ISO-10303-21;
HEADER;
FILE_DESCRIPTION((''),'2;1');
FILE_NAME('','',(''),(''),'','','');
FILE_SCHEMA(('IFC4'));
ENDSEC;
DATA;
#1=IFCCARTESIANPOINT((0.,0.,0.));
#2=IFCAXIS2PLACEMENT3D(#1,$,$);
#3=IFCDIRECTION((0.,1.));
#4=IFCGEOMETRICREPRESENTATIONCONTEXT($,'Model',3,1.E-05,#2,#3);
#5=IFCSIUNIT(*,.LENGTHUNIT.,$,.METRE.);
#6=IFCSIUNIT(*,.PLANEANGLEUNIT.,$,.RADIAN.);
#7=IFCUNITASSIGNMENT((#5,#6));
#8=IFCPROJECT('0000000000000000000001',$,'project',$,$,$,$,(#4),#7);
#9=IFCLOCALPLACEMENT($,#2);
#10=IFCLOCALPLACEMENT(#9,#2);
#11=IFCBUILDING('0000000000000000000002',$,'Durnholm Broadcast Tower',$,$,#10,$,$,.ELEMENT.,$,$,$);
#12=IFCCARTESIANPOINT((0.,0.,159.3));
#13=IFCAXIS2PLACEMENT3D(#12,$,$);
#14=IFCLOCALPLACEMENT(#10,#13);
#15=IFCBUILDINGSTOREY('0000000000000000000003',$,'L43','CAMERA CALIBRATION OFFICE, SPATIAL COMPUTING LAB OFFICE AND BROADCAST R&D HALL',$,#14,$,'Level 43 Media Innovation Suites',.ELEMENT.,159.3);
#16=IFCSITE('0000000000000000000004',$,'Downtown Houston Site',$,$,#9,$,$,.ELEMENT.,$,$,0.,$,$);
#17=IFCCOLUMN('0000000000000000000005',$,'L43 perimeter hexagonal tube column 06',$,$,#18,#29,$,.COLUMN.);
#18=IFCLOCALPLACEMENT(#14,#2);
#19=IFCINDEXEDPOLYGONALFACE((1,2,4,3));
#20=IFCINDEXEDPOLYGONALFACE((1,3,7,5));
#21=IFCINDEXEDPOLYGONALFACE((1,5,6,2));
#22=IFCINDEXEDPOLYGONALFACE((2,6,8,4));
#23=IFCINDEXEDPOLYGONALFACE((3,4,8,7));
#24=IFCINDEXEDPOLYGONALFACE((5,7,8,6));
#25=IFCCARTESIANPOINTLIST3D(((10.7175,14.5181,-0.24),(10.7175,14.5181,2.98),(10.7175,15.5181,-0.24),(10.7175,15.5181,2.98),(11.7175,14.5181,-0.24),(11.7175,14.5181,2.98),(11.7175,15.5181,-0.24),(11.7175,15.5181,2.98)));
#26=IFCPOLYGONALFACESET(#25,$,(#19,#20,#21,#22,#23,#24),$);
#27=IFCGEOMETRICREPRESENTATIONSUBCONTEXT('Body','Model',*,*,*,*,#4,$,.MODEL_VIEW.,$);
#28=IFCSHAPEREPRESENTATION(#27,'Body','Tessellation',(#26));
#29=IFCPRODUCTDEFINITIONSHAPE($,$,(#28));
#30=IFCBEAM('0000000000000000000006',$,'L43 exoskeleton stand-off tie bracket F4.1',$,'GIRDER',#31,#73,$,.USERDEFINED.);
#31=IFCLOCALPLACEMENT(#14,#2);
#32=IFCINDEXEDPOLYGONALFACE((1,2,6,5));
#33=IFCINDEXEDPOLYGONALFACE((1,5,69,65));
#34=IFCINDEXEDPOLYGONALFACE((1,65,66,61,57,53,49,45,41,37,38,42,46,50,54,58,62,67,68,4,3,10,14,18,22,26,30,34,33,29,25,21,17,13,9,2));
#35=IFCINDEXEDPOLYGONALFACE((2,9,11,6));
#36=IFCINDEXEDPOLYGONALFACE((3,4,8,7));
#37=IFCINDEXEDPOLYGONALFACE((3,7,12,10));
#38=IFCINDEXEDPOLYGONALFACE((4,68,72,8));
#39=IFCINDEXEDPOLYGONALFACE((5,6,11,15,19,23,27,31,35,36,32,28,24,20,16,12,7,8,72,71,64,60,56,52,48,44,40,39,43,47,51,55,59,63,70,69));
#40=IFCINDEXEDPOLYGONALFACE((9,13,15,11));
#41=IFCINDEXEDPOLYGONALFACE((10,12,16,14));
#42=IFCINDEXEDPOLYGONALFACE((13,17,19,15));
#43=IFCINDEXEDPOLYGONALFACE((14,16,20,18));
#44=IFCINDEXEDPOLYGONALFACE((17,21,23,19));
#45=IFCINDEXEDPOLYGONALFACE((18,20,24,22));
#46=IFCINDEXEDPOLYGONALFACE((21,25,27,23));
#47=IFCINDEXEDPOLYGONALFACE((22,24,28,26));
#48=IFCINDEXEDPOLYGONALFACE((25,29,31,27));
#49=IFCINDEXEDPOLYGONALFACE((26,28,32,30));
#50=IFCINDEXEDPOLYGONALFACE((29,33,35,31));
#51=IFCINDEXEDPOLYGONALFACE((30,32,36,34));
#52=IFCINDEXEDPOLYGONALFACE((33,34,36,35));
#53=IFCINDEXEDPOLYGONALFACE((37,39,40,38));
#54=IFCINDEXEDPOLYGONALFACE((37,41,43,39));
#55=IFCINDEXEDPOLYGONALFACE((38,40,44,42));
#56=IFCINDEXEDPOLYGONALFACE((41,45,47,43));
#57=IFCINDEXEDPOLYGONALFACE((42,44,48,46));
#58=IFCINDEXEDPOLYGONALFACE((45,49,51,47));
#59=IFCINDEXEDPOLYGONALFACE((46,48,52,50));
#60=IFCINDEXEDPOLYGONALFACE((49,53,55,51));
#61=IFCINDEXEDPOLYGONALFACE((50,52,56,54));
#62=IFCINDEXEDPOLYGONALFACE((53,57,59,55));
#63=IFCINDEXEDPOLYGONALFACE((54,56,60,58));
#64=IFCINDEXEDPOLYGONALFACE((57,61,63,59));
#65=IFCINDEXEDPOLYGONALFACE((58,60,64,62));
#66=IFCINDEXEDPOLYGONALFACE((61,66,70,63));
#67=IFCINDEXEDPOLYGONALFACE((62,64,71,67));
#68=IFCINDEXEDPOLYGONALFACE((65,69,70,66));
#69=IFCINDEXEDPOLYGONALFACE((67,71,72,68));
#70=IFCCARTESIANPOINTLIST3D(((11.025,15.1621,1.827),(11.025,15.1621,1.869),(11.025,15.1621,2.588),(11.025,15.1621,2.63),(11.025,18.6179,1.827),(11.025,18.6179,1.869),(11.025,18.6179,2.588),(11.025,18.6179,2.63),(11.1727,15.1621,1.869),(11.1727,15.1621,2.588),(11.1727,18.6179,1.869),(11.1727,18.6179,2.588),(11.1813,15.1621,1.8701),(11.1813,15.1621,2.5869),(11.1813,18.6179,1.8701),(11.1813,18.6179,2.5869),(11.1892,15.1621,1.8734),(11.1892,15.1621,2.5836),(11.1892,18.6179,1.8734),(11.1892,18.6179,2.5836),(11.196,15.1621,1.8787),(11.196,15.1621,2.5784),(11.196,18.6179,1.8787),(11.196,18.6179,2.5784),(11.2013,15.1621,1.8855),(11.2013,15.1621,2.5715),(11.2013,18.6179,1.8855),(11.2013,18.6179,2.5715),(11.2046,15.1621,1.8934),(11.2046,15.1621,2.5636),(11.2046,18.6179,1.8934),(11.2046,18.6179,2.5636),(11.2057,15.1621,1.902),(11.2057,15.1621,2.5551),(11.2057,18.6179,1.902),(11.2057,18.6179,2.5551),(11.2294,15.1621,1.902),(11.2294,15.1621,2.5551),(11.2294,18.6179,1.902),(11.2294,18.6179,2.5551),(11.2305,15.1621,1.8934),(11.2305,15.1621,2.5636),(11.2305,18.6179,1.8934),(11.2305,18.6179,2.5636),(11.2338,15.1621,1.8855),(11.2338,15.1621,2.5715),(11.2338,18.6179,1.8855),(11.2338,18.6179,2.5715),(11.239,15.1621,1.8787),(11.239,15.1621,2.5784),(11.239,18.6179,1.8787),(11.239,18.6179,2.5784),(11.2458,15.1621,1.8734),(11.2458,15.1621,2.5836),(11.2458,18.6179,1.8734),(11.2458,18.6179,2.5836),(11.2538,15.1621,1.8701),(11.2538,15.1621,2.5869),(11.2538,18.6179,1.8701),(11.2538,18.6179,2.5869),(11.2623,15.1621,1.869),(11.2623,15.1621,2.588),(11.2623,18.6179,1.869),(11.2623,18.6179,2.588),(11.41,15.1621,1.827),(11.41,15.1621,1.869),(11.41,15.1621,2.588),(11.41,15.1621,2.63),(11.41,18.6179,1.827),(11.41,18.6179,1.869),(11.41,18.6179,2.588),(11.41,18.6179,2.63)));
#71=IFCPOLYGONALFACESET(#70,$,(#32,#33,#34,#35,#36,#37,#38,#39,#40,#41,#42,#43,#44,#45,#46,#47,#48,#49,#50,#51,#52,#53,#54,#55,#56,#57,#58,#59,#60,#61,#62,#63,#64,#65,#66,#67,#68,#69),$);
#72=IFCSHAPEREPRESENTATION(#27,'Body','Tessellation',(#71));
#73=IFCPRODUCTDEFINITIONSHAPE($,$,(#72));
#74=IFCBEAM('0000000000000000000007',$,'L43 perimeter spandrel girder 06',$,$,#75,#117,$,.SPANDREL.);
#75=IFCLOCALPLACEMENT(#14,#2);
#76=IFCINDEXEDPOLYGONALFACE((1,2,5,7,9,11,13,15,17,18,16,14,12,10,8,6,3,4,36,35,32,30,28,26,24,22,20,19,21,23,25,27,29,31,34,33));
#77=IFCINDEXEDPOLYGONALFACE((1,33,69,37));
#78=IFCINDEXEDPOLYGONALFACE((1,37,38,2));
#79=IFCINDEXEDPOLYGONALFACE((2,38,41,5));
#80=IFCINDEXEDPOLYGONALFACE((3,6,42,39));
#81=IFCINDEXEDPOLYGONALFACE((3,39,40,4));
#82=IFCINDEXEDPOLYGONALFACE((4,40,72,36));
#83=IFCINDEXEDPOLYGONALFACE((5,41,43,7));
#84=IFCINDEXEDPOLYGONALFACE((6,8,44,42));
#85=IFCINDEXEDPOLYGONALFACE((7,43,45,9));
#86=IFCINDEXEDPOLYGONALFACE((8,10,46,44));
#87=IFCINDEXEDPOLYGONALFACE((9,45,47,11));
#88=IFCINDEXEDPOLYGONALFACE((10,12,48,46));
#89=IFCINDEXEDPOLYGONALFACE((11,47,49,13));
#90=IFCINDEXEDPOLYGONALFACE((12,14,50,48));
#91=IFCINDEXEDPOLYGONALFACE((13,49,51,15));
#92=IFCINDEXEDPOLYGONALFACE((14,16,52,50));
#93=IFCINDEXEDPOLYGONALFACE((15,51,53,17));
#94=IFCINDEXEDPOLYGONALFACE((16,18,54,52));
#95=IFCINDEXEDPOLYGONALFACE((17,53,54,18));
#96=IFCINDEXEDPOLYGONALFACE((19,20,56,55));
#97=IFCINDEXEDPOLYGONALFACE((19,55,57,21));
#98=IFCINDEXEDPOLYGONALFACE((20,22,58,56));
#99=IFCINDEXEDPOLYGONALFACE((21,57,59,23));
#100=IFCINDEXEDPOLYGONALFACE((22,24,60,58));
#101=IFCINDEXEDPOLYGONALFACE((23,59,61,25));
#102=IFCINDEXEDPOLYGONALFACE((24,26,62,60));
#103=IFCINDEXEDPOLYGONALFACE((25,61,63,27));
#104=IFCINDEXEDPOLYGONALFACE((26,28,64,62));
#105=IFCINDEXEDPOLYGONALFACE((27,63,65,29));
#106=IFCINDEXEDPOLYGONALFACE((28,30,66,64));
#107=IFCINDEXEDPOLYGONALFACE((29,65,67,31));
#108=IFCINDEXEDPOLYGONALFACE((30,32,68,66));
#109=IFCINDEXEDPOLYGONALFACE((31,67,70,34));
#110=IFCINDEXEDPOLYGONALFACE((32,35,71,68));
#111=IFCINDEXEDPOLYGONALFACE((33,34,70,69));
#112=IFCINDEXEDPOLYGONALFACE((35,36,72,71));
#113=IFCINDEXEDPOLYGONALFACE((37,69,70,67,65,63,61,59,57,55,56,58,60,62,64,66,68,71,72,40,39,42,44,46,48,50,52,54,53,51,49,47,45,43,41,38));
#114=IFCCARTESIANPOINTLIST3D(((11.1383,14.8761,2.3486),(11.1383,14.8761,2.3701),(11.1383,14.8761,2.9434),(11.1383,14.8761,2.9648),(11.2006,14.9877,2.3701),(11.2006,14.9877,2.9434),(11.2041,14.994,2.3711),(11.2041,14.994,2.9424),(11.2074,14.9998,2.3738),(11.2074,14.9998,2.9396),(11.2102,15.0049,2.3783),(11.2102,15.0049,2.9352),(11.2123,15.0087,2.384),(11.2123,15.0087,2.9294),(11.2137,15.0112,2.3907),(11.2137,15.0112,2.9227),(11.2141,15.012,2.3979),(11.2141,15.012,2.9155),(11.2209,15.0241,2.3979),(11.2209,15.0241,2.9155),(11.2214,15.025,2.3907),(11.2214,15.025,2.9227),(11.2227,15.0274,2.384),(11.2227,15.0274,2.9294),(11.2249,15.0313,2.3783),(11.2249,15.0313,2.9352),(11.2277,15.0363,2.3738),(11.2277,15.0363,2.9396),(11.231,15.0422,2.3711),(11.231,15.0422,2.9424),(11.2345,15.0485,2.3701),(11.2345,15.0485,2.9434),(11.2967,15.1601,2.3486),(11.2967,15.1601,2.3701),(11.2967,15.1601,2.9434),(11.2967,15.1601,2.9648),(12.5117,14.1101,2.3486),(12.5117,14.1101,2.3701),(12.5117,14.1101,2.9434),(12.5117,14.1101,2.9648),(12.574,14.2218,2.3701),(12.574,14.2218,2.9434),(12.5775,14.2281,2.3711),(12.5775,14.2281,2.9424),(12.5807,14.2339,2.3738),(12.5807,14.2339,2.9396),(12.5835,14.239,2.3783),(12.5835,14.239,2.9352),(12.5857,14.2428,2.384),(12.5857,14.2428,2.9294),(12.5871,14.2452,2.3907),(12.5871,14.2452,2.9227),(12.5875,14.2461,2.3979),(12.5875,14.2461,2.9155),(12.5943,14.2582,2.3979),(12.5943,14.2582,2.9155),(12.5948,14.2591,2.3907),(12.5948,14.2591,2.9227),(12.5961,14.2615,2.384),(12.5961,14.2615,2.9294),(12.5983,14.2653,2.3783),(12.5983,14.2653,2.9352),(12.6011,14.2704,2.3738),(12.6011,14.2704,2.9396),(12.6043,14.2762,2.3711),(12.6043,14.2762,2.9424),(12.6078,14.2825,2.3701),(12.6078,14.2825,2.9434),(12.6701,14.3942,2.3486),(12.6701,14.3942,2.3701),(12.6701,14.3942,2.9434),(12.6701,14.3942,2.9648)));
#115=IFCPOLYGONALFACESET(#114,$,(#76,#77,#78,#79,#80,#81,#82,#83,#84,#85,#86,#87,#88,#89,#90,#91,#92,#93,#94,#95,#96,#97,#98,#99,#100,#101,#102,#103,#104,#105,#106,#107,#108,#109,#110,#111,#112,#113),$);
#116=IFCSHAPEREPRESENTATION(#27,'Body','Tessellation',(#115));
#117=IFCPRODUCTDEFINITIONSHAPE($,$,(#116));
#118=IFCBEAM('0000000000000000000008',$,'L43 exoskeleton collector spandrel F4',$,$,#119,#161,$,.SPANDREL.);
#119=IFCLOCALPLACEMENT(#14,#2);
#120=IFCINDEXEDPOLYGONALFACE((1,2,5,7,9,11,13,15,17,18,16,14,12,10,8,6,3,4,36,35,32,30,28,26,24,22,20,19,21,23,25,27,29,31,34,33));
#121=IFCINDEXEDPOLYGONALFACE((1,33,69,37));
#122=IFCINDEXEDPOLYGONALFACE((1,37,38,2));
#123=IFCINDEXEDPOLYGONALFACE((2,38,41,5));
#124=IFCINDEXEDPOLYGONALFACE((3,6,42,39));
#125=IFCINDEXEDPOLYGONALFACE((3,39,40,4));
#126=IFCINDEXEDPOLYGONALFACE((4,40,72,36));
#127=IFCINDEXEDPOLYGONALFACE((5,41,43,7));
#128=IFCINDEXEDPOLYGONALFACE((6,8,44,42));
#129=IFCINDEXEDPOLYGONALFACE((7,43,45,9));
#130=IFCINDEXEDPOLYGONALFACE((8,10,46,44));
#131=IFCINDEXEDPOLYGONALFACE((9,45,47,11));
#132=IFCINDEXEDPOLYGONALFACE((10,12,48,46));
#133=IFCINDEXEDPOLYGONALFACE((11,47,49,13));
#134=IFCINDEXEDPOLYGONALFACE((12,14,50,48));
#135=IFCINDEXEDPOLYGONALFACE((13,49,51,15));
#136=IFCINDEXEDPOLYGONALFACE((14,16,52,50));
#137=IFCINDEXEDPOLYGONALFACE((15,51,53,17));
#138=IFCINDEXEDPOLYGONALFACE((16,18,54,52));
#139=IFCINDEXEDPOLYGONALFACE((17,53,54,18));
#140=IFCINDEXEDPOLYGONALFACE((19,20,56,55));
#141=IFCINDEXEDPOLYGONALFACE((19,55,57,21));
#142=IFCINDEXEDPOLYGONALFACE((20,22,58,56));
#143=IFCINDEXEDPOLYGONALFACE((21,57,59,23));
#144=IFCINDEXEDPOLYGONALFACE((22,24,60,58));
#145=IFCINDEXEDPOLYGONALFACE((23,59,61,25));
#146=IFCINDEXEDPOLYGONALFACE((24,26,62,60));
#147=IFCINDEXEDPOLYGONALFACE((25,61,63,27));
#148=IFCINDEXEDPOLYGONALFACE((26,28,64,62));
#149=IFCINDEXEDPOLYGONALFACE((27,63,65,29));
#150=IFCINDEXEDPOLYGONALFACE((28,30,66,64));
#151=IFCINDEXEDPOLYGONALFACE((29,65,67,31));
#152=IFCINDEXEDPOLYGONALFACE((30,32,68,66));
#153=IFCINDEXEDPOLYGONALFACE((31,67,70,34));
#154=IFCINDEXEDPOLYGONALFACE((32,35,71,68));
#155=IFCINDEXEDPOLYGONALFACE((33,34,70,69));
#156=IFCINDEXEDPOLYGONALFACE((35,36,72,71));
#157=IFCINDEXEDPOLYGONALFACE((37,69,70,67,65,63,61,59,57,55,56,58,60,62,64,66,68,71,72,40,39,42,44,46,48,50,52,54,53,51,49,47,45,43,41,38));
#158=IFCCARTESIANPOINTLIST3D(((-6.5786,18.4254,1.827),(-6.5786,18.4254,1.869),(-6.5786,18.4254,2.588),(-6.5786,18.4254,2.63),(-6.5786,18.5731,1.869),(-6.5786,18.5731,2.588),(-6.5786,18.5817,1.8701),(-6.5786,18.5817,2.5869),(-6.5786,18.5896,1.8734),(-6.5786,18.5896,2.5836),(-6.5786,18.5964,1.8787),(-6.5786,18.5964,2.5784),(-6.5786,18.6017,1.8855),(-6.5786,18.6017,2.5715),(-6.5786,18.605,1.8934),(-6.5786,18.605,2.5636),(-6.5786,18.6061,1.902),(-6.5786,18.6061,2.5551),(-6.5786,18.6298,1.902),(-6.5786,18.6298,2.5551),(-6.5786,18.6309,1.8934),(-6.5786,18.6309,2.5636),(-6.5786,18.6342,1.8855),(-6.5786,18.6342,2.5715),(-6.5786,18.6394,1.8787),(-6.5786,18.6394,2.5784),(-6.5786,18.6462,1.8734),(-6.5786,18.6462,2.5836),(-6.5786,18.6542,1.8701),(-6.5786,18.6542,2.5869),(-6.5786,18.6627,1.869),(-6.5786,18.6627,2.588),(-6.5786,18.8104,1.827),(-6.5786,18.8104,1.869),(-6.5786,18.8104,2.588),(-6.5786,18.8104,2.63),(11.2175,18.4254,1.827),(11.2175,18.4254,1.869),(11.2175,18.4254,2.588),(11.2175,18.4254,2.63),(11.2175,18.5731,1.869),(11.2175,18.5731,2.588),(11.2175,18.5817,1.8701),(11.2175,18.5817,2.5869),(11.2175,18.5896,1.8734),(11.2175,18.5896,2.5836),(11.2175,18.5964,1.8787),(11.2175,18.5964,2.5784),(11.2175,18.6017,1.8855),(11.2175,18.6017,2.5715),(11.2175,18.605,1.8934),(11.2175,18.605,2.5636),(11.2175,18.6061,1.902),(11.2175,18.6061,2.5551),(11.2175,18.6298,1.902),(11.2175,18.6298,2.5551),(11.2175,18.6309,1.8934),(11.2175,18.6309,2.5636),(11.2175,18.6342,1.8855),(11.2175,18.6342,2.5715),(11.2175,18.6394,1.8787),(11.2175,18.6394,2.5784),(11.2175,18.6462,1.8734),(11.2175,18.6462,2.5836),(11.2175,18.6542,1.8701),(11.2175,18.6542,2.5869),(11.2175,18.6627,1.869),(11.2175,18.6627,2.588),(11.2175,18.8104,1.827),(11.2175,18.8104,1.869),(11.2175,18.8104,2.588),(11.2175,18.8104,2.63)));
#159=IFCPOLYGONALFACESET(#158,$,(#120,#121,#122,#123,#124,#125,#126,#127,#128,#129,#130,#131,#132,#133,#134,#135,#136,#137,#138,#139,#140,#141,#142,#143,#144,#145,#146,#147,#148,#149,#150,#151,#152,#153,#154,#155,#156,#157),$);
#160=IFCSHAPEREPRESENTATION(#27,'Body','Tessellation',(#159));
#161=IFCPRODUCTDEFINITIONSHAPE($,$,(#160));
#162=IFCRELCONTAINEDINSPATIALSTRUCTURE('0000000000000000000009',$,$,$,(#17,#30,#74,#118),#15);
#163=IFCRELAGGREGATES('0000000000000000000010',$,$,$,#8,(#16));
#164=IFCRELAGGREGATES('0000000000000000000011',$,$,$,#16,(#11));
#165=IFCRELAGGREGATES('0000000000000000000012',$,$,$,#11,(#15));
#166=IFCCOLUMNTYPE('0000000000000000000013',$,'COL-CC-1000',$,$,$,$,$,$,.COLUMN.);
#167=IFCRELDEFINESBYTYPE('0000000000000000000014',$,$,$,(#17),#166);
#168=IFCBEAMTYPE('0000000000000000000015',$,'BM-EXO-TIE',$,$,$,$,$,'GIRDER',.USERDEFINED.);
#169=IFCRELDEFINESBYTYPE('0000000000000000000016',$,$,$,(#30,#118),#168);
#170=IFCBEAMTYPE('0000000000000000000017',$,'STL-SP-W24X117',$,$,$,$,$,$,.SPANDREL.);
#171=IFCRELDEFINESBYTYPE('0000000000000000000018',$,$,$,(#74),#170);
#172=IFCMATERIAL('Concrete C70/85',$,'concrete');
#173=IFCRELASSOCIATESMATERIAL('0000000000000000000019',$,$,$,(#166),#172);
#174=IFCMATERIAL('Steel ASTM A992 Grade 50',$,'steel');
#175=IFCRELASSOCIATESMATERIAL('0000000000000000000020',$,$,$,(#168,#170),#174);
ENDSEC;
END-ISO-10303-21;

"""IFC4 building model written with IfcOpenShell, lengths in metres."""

from ifc_helpers import new_model, si_unit, direction, frame, origin, origin_2d, place, context, subcontext, project, spatial, rectangle, i_section, extrude, source, transform, mapped, material, material_profile, profile_set, type_object, type_shapes, element, save


model = new_model("IFC4")

# Units and contexts
model_context = context("Model", 3, precision=1e-05, world=origin(), true_north=direction((0.0, 1.0)))
body_context = subcontext(model_context, "Body", "Model", "MODEL_VIEW")
ifc_project = project(units=[si_unit("LENGTHUNIT", "METRE"), si_unit("PLANEANGLEUNIT", "RADIAN")], contexts=[model_context])

# Site, building, storey
site_placement = place(None, origin())
site = spatial("IfcSite", under=ifc_project, at=site_placement, Name="Downtown Houston Site", CompositionType="ELEMENT", RefElevation=0.0)
building_placement = place(site_placement, origin())
building = spatial("IfcBuilding", under=site, at=building_placement, Name="Durnholm Broadcast Tower", CompositionType="ELEMENT")
storey_placement = place(building_placement, frame((0.0, 0.0, 159.3)))
storey = spatial("IfcBuildingStorey", under=building, at=storey_placement, Name="L43", Description="CAMERA CALIBRATION OFFICE, SPATIAL COMPUTING LAB OFFICE AND BROADCAST R&D HALL", LongName="Level 43 Media Innovation Suites", CompositionType="ELEMENT", Elevation=159.3)

# Column
ifc_material_1 = material(Name="Concrete C70/85", Category="concrete")
ifc_material_profile_1 = material_profile(ifc_material_1, rectangle(XDim=1.0, YDim=1.0, at=origin_2d()), Name="RC1000X1000")
ifc_profile_set_1 = profile_set([ifc_material_profile_1], Name="Concrete C70/85")
column_type = type_object("IfcColumnType", Name="COL-CC-1000", PredefinedType="COLUMN", material=ifc_profile_set_1)
shared_shape_1 = source(origin(), body_context, "Body", "SweptSolid", [
    extrude(rectangle(XDim=1.0, YDim=1.0, at=origin_2d()), origin(), (0.0, 0.0, 1.0), 3.22),
])
type_shapes(column_type, [shared_shape_1])
column_placement = place(storey_placement, frame((11.2175, 15.0181, -0.24), z_axis=(0.0, 0.0, 1.0), x_axis=(1.0, 0.0, 0.0)))
element("IfcColumn", 1, at=column_placement, inside=storey, type_object=column_type, Name="L43 perimeter hexagonal tube column 06", PredefinedType="COLUMN", context=body_context, shape_type="MappedRepresentation", body=[
    mapped(shared_shape_1, transform((0.0, 0.0, 0.0), x_axis=(1.0, 0.0, 0.0), y_axis=(0.0, 1.0, 0.0), z_axis=(0.0, 0.0, 1.0), scale=1.0)),
])

# Beams
ifc_material_2 = material(Name="Steel ASTM A992 Grade 50", Category="steel")
ifc_material_profile_2 = material_profile(ifc_material_2, i_section(OverallWidth=0.385, OverallDepth=0.803, WebThickness=0.0237, FlangeThickness=0.042, FilletRadius=0.033, at=origin_2d()), Name="W30X261")
ifc_profile_set_2 = profile_set([ifc_material_profile_2], Name="Steel ASTM A992 Grade 50")
beam_type_1 = type_object("IfcBeamType", Name="BM-EXO-TIE", ElementType="GIRDER", PredefinedType="USERDEFINED", material=ifc_profile_set_2)
shared_shape_2 = source(origin(), body_context, "Body", "SweptSolid", [
    extrude(i_section(OverallWidth=0.385, OverallDepth=0.803, WebThickness=0.0237, FlangeThickness=0.042, FilletRadius=0.033, at=origin_2d()), origin(), (0.0, 0.0, 1.0), 3.4558),
])
beam_1_placement = place(storey_placement, frame((11.2175, 15.1621, 2.2285), z_axis=(0.0, 1.0, 0.0), x_axis=(-1.0, 0.0, 0.0)))
element("IfcBeam", 2, at=beam_1_placement, inside=storey, type_object=beam_type_1, Name="L43 exoskeleton stand-off tie bracket F4.1", ObjectType="GIRDER", PredefinedType="USERDEFINED", context=body_context, shape_type="MappedRepresentation", body=[
    mapped(shared_shape_2, transform((0.0, 0.0, 0.0), x_axis=(1.0, 0.0, 0.0), y_axis=(0.0, 1.0, 0.0), z_axis=(0.0, 0.0, 1.0), scale=1.0)),
])
ifc_material_profile_3 = material_profile(ifc_material_2, i_section(OverallWidth=0.3252, OverallDepth=0.6162, WebThickness=0.0139, FlangeThickness=0.0215, FilletRadius=0.0278, at=origin_2d()), Name="W24X117")
ifc_profile_set_3 = profile_set([ifc_material_profile_3], Name="Steel ASTM A992 Grade 50")
beam_type_2 = type_object("IfcBeamType", Name="STL-SP-W24X117", PredefinedType="SPANDREL", material=ifc_profile_set_3)
shared_shape_3 = source(origin(), body_context, "Body", "SweptSolid", [
    extrude(i_section(OverallWidth=0.3252, OverallDepth=0.6162, WebThickness=0.0139, FlangeThickness=0.0215, FilletRadius=0.0278, at=origin_2d()), origin(), (0.0, 0.0, 1.0), 1.5725),
])
type_shapes(beam_type_2, [shared_shape_3])
beam_2_placement = place(storey_placement, frame((11.2175, 15.0181, 2.6567), z_axis=(0.873365, -0.487066, 0.0), x_axis=(0.487066, 0.873365, 0.0)))
element("IfcBeam", 3, at=beam_2_placement, inside=storey, type_object=beam_type_2, Name="L43 perimeter spandrel girder 06", PredefinedType="SPANDREL", context=body_context, shape_type="MappedRepresentation", body=[
    mapped(shared_shape_3, transform((0.0, 0.0, 0.0), x_axis=(1.0, 0.0, 0.0), y_axis=(0.0, 1.0, 0.0), z_axis=(0.0, 0.0, 1.0), scale=1.0)),
])
shared_shape_4 = source(origin(), body_context, "Body", "SweptSolid", [
    extrude(i_section(OverallWidth=0.385, OverallDepth=0.803, WebThickness=0.0237, FlangeThickness=0.042, FilletRadius=0.033, at=origin_2d()), origin(), (0.0, 0.0, 1.0), 17.7961),
])
type_shapes(beam_type_1, [shared_shape_2, shared_shape_4])
beam_3_placement = place(storey_placement, frame((11.2175, 18.6179, 2.2285), z_axis=(-1.0, 0.0, 0.0), x_axis=(0.0, -1.0, 0.0)))
element("IfcBeam", 4, at=beam_3_placement, inside=storey, type_object=beam_type_1, Name="L43 exoskeleton collector spandrel F4", PredefinedType="SPANDREL", context=body_context, shape_type="MappedRepresentation", body=[
    mapped(shared_shape_4, transform((0.0, 0.0, 0.0), x_axis=(1.0, 0.0, 0.0), y_axis=(0.0, 1.0, 0.0), z_axis=(0.0, 0.0, 1.0), scale=1.0)),
])

save(model, "model.ifc")
